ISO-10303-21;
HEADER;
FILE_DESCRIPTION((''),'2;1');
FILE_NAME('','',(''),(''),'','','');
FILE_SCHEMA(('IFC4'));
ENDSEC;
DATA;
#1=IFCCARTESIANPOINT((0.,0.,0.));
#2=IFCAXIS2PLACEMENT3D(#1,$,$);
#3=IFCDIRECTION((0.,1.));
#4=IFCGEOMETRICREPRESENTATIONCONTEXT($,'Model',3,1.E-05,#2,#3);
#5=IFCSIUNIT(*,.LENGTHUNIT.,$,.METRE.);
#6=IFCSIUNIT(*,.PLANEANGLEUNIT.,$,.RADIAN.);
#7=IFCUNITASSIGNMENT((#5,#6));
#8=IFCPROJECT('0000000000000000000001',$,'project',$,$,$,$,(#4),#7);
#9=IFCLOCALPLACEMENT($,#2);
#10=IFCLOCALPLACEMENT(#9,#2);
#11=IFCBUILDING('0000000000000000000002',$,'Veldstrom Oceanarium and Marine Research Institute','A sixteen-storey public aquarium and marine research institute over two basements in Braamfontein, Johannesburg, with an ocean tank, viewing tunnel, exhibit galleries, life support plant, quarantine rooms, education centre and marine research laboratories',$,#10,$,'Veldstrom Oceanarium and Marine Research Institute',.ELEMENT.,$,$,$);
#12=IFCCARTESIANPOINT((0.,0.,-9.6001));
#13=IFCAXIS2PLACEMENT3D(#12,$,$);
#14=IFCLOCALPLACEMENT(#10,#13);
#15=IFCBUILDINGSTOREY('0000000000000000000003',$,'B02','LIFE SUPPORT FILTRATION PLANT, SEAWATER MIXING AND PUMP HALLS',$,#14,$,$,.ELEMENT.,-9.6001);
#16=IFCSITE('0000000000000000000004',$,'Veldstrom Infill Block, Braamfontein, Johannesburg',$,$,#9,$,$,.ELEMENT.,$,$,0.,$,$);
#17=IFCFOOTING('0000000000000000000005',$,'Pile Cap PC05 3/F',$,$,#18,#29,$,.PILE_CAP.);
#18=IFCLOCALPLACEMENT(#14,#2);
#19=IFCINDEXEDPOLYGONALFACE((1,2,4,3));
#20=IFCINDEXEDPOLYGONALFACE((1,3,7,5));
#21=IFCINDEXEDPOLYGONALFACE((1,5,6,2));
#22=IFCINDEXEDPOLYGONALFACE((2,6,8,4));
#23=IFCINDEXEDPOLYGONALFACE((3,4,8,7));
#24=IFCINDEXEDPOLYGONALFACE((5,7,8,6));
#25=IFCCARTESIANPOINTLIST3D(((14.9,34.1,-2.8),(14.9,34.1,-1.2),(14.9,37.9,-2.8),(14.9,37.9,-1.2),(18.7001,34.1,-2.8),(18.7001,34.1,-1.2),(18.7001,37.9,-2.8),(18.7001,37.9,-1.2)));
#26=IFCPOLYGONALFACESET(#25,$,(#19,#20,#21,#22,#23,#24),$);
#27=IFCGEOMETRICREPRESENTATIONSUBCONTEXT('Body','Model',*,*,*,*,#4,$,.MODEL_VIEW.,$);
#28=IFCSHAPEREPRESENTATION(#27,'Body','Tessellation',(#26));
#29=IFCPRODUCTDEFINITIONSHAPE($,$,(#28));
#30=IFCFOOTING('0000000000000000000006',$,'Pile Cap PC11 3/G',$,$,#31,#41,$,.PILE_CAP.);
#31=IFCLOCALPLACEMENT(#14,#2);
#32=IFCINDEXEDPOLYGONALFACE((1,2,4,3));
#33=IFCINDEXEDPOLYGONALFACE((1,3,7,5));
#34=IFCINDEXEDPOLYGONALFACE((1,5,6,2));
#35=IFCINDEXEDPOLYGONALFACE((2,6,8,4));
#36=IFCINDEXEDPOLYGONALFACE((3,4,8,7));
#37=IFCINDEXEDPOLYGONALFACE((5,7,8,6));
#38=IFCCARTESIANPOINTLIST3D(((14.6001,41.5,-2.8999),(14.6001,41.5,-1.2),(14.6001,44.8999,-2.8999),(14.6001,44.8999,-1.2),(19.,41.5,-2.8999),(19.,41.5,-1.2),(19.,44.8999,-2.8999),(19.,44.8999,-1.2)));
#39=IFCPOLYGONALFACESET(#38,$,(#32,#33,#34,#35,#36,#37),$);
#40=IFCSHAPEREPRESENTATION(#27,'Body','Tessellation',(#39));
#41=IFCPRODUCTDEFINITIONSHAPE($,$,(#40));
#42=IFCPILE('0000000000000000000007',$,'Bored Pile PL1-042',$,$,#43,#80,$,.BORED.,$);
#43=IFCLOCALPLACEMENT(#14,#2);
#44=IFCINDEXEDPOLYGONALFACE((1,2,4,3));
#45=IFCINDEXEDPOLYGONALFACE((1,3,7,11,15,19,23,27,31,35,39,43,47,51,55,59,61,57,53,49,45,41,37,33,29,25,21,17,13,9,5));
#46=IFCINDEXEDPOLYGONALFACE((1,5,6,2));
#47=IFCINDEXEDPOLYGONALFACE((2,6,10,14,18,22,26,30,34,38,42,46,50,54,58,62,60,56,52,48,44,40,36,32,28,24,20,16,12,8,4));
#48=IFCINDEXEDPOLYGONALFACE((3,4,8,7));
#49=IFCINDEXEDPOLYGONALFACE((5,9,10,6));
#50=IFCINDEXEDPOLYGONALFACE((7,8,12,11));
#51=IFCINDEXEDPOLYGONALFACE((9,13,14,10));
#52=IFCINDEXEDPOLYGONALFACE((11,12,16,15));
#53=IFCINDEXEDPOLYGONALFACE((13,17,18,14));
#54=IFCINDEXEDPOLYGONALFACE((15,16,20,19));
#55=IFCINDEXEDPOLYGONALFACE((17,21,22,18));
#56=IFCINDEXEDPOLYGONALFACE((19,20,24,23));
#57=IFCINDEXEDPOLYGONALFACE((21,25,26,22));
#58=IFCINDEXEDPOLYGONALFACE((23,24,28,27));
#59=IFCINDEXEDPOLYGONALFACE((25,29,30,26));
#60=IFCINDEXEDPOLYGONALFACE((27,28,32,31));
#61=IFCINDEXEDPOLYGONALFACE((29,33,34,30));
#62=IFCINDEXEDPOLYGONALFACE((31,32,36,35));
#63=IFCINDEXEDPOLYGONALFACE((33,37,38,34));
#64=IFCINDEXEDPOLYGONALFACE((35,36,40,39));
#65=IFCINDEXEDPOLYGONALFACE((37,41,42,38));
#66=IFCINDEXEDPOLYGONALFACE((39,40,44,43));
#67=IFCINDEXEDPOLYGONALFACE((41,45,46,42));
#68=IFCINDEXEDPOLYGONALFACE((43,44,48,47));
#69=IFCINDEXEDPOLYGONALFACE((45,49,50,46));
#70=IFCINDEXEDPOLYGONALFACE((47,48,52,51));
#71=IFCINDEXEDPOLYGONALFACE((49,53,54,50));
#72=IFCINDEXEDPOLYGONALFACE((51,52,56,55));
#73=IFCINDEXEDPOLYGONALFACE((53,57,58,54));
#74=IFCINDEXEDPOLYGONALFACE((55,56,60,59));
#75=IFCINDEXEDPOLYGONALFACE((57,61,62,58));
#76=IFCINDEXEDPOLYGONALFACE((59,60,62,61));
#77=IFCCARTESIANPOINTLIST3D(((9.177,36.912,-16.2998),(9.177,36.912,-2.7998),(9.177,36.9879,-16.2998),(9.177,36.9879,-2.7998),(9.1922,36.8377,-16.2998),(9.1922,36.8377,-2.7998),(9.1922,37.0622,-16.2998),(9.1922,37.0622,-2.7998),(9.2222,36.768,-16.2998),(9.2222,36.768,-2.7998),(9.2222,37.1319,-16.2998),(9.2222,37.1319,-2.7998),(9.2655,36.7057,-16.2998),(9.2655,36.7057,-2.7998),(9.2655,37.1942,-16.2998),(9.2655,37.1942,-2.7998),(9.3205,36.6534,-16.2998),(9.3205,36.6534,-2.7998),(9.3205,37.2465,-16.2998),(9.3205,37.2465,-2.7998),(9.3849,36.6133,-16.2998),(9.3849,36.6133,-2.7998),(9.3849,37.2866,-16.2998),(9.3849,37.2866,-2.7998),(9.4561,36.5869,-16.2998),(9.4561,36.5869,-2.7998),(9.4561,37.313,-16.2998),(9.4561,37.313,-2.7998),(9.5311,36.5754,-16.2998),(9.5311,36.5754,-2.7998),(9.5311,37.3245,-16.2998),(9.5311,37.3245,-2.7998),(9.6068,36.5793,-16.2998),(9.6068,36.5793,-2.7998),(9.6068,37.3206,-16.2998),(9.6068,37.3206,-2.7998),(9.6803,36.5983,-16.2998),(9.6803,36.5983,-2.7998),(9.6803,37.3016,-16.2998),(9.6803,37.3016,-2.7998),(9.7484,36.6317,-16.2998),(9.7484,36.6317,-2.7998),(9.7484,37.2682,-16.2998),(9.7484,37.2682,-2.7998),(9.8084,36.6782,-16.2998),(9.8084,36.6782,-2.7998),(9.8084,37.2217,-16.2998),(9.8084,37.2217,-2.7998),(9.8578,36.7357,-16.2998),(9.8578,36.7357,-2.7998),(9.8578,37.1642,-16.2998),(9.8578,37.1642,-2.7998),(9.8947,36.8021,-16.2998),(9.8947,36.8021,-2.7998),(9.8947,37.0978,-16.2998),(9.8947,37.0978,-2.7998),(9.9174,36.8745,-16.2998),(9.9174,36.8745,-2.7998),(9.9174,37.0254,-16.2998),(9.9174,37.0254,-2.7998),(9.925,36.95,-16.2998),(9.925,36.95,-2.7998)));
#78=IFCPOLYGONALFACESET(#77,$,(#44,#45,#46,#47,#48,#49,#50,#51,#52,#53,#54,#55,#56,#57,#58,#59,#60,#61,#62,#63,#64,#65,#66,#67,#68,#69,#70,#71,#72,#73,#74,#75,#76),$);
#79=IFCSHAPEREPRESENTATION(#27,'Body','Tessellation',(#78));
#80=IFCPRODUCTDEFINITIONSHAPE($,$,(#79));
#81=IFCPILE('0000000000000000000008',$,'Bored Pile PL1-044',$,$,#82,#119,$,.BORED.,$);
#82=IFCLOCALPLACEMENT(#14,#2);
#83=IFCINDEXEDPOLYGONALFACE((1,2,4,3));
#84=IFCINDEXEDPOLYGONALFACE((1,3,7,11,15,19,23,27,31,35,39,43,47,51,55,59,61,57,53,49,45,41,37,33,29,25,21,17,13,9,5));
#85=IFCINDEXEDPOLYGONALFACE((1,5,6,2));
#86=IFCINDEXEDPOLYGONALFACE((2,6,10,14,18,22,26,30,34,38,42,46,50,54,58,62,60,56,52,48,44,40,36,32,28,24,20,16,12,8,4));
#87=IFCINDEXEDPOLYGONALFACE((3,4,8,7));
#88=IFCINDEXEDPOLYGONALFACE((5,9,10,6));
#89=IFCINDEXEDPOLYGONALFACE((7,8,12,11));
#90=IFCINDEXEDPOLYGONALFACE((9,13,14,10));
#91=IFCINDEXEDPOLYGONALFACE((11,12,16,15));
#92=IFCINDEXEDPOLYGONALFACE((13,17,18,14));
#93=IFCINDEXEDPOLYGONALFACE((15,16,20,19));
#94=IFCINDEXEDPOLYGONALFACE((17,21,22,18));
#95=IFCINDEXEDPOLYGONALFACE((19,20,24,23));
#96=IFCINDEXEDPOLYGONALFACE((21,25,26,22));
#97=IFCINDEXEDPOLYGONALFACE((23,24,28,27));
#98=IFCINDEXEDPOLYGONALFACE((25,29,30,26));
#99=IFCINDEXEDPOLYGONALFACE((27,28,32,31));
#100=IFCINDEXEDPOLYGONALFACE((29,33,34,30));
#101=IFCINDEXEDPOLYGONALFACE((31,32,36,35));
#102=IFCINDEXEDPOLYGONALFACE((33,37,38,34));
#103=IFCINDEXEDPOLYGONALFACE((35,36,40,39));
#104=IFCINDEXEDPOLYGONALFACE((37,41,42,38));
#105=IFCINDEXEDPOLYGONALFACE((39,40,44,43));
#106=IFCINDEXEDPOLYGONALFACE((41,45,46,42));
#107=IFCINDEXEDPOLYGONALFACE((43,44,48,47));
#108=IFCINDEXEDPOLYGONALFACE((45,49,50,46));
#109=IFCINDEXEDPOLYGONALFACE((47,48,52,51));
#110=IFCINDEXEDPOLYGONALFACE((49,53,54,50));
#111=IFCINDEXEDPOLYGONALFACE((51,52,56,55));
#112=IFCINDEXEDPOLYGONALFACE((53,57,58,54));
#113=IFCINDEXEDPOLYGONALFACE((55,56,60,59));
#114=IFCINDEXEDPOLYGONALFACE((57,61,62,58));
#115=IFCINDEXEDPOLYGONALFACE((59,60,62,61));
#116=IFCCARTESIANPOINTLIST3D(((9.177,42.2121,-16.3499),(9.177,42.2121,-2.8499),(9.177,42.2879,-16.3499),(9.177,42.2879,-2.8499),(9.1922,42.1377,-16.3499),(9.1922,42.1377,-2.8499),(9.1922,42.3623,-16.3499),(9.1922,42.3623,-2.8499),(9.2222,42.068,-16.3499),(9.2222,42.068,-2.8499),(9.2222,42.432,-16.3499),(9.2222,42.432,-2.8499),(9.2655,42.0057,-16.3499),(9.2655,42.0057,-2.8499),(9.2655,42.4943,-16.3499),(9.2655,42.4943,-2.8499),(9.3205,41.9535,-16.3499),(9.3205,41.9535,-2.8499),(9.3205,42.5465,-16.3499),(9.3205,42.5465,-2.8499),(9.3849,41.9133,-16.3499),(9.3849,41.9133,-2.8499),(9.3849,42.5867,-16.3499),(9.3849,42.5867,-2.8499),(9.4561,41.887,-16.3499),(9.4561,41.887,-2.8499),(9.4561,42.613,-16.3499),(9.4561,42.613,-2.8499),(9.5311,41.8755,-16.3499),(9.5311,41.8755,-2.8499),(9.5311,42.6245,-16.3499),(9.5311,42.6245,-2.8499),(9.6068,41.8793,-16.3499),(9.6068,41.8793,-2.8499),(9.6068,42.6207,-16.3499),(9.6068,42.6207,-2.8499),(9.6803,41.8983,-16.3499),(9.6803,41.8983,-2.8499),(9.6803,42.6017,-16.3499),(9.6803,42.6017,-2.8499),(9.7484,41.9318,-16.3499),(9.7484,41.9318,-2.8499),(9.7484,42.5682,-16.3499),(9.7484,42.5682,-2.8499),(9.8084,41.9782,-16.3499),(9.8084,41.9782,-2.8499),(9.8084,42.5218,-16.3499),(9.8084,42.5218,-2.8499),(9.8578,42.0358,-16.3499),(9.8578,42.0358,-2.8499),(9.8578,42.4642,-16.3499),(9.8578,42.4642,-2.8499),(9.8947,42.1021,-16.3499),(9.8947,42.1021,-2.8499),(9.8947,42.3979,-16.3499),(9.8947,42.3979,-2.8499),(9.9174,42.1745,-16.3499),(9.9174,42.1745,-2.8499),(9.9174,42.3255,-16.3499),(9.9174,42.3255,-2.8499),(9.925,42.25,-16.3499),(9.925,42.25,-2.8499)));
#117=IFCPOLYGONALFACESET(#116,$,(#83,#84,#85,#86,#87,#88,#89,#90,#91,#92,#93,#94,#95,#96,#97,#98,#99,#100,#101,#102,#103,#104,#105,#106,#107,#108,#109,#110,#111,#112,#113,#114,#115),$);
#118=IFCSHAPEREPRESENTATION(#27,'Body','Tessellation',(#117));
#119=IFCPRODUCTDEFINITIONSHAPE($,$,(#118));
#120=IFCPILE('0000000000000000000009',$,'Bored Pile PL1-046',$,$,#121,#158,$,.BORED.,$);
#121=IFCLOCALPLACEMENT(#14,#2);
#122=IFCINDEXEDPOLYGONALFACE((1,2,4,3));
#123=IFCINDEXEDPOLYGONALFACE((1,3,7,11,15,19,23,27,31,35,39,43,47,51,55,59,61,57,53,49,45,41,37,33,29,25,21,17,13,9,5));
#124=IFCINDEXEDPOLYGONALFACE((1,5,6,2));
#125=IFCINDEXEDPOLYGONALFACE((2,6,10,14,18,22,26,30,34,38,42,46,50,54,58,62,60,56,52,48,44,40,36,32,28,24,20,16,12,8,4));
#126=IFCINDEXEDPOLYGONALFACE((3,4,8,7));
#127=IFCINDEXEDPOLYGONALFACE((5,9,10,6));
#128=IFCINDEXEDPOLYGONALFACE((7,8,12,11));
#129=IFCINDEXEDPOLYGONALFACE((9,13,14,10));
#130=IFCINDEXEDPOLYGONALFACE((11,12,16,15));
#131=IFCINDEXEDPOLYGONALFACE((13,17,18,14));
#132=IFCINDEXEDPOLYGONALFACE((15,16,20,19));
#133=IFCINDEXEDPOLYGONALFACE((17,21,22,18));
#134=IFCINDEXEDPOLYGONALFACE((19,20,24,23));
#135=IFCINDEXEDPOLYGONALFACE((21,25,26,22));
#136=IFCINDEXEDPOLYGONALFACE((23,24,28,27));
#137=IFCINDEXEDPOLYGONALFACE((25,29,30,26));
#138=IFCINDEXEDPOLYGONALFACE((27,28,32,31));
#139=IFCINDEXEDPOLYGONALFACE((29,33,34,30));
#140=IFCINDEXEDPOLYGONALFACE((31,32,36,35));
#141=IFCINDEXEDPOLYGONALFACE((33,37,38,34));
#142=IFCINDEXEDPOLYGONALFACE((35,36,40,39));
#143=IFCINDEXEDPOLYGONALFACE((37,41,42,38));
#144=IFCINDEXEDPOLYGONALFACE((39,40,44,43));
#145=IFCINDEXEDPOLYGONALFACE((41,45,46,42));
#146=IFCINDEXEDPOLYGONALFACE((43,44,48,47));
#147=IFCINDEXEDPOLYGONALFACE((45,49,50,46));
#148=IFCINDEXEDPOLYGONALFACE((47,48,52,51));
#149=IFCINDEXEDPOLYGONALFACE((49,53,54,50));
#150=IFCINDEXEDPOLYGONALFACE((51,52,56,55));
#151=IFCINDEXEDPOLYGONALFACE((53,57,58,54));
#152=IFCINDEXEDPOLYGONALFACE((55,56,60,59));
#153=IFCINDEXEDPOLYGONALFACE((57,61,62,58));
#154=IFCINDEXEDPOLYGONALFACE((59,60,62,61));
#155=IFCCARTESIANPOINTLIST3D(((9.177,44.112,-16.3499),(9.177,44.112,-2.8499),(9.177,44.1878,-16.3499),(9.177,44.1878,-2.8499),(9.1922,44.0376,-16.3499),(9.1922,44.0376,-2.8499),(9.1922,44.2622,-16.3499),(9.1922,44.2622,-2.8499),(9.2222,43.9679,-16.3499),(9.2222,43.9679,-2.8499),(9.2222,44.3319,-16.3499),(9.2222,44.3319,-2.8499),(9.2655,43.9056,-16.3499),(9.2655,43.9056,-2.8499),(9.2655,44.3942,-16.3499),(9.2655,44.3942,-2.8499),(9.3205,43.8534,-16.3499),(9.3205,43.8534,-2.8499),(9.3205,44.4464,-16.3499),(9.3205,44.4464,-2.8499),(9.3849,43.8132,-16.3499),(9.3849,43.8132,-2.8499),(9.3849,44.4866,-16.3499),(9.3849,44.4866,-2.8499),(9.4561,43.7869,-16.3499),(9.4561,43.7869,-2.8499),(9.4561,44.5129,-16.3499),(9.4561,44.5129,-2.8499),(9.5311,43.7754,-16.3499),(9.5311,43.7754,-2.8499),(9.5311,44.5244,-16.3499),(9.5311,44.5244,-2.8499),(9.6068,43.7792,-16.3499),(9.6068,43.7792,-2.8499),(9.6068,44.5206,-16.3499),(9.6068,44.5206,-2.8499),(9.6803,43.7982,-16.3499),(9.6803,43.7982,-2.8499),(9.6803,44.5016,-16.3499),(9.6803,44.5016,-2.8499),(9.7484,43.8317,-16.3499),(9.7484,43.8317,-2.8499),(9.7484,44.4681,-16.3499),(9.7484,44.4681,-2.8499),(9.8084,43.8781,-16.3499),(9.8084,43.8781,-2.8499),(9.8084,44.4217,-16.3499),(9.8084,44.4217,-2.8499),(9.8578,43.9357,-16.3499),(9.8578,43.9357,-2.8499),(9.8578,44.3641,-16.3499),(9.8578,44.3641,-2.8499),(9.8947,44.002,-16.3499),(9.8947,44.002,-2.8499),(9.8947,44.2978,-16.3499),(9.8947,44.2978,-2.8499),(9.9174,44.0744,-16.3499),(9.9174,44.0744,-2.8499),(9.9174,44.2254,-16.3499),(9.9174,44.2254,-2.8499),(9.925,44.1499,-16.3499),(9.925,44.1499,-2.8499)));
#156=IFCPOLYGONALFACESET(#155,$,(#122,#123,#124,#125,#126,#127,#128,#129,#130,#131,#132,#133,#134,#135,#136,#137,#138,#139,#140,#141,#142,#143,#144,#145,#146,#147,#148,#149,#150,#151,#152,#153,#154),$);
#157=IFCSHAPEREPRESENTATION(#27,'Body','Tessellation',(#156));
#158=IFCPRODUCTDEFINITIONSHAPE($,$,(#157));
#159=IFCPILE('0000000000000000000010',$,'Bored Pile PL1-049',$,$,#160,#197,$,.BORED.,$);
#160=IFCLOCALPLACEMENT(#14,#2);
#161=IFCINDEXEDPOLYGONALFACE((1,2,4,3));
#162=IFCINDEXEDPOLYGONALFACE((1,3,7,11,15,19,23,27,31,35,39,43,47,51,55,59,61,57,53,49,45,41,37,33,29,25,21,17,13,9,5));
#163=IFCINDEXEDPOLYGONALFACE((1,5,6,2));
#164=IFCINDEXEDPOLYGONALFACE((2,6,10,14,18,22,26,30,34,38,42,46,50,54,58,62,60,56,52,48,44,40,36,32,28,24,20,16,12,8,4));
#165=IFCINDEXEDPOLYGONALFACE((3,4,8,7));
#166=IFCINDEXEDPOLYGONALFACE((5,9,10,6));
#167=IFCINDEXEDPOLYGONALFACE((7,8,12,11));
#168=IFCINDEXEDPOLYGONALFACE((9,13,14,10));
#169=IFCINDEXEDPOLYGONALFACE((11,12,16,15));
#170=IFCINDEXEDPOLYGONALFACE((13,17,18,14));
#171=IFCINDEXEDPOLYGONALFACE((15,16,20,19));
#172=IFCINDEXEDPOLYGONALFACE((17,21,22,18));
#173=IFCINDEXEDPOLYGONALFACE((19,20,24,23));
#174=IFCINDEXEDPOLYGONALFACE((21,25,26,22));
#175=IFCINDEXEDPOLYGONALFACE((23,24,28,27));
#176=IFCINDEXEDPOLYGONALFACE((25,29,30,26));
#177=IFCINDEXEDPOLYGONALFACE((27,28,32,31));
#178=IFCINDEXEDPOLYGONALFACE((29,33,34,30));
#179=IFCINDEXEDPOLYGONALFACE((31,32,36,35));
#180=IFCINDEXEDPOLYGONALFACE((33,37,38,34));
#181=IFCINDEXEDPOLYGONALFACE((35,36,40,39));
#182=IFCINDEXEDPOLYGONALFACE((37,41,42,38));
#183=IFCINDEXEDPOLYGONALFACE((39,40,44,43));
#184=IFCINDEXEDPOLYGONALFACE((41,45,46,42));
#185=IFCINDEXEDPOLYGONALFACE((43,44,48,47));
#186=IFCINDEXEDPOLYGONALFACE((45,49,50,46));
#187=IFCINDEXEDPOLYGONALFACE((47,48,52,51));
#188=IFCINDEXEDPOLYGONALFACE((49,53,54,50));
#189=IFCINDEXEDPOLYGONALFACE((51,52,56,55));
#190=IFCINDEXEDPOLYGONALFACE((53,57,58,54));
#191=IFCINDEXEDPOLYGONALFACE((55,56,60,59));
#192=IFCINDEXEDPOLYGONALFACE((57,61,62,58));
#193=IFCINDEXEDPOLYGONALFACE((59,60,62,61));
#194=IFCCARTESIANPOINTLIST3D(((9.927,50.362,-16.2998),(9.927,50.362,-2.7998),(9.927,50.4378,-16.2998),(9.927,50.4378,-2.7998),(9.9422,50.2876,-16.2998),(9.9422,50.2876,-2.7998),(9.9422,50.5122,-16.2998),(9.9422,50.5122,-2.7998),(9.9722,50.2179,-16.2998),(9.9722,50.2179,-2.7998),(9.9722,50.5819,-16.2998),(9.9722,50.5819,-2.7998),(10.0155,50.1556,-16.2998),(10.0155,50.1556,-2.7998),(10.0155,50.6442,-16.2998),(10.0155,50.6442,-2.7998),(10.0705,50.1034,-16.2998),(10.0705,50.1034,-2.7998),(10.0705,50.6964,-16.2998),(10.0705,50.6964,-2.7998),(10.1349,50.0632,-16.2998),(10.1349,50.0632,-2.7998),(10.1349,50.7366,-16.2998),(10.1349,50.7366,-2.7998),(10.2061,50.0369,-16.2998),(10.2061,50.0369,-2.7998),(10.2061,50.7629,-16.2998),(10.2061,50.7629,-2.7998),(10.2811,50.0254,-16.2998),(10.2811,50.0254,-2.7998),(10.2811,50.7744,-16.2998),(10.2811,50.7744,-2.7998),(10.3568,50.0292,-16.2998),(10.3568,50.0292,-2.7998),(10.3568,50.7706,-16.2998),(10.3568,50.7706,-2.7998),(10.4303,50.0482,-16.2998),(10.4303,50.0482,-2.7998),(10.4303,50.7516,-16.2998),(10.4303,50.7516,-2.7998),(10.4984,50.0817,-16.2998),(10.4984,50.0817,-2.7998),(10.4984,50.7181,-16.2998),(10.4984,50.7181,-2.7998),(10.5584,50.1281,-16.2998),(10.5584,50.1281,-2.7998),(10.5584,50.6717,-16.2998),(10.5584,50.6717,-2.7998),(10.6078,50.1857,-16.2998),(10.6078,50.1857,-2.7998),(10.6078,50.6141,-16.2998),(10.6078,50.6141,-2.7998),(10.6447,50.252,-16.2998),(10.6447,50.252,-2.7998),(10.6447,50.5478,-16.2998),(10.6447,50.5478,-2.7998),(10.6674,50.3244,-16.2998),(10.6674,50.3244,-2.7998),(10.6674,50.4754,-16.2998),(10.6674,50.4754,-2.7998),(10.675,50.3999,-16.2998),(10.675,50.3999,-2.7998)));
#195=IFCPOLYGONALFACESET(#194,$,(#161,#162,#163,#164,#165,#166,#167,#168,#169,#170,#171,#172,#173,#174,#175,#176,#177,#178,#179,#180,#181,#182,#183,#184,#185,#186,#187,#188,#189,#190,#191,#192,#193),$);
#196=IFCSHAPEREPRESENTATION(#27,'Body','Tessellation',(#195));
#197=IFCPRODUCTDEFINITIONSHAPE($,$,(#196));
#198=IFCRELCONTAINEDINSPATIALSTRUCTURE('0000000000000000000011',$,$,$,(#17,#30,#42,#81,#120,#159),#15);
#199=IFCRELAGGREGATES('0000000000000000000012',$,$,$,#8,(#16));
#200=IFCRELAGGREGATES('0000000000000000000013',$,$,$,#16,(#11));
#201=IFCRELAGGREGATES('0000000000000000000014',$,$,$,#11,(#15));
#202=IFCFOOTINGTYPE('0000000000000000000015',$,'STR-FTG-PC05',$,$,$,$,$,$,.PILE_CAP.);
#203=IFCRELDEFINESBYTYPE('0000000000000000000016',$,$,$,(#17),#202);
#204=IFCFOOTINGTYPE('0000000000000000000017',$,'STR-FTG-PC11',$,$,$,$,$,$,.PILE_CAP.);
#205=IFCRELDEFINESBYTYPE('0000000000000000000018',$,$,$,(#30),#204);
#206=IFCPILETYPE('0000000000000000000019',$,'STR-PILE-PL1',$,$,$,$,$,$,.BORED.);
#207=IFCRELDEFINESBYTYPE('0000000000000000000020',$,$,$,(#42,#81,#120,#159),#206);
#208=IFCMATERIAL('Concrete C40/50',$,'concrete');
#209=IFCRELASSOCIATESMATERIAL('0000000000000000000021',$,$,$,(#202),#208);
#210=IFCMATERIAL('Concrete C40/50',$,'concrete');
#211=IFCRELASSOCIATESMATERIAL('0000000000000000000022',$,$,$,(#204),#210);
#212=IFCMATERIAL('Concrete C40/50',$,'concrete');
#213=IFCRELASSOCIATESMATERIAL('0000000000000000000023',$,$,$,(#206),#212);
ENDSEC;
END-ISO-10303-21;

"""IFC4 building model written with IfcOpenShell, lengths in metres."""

from ifc_helpers import new_model, si_unit, direction, frame, origin, origin_2d, place, context, subcontext, project, spatial, rectangle, circle, extrude, material, material_profile, profile_set, type_object, element, save


model = new_model("IFC4")

# Units and contexts
model_context = context("Model", 3, precision=1e-05, world=origin(), true_north=direction((0.0, 1.0)))
body_context = subcontext(model_context, "Body", "Model", "MODEL_VIEW")
ifc_project = project(units=[si_unit("LENGTHUNIT", "METRE"), si_unit("PLANEANGLEUNIT", "RADIAN")], contexts=[model_context])

# Site, building, storey
site_placement = place(None, origin())
site = spatial("IfcSite", under=ifc_project, at=site_placement, Name="Veldstrom Infill Block, Braamfontein, Johannesburg", CompositionType="ELEMENT", RefElevation=0.0)
building_placement = place(site_placement, origin())
building = spatial("IfcBuilding", under=site, at=building_placement, Name="Veldstrom Oceanarium and Marine Research Institute", Description="A sixteen-storey public aquarium and marine research institute over two basements in Braamfontein, Johannesburg, with an ocean tank, viewing tunnel, exhibit galleries, life support plant, quarantine rooms, education centre and marine research laboratories", LongName="Veldstrom Oceanarium and Marine Research Institute", CompositionType="ELEMENT")
storey_placement = place(building_placement, frame((0.0, 0.0, -9.6001)))
storey = spatial("IfcBuildingStorey", under=building, at=storey_placement, Name="B02", Description="LIFE SUPPORT FILTRATION PLANT, SEAWATER MIXING AND PUMP HALLS", CompositionType="ELEMENT", Elevation=-9.6001)

# Footings
ifc_material_1 = material(Name="Concrete C40/50", Category="concrete")
footing_type_1 = type_object("IfcFootingType", Name="STR-FTG-PC05", PredefinedType="PILE_CAP", material=ifc_material_1)
footing_1_placement = place(storey_placement, frame((16.8, 36.0, -2.8), z_axis=(0.0, 0.0, 1.0), x_axis=(1.0, 0.0, 0.0)))
element("IfcFooting", 1, at=footing_1_placement, inside=storey, type_object=footing_type_1, Name="Pile Cap PC05 3/F", PredefinedType="PILE_CAP", context=body_context, shape_type="SweptSolid", body=[
    extrude(rectangle(XDim=3.8, YDim=3.8, at=origin_2d()), origin(), (0.0, 0.0, 1.0), 1.6001),
])
ifc_material_2 = material(Name="Concrete C40/50", Category="concrete")
footing_type_2 = type_object("IfcFootingType", Name="STR-FTG-PC11", PredefinedType="PILE_CAP", material=ifc_material_2)
footing_2_placement = place(storey_placement, frame((16.8, 43.2, -2.8999), z_axis=(0.0, 0.0, 1.0), x_axis=(1.0, 0.0, 0.0)))
element("IfcFooting", 2, at=footing_2_placement, inside=storey, type_object=footing_type_2, Name="Pile Cap PC11 3/G", PredefinedType="PILE_CAP", context=body_context, shape_type="SweptSolid", body=[
    extrude(rectangle(XDim=4.3999, YDim=3.3999, at=origin_2d()), origin(), (0.0, 0.0, 1.0), 1.7),
])

# Piles
ifc_material_3 = material(Name="Concrete C40/50", Category="concrete")
ifc_material_profile_1 = material_profile(ifc_material_3, circle(Radius=0.375, at=origin_2d()), Name="PILE-D750")
ifc_profile_set_1 = profile_set([ifc_material_profile_1], Name="Concrete C40/50")
pile_type_1 = type_object("IfcPileType", Name="STR-PILE-PL1", PredefinedType="BORED", material=ifc_profile_set_1)
for number, where, z_axis, x_axis, name in (
    (3, (9.55, 36.95, -2.7998), (0.0, 0.0, -1.0), (1.0, 0.0, 0.0), "Bored Pile PL1-042"),
    (4, (9.55, 42.25, -2.8499), (0.0, 0.0, -1.0), (1.0, 0.0, 0.0), "Bored Pile PL1-044"),
    (5, (9.55, 44.1499, -2.8499), (0.0, 0.0, -1.0), (1.0, 0.0, 0.0), "Bored Pile PL1-046"),
    (6, (10.3, 50.3999, -2.7998), (0.0, 0.0, -1.0), (1.0, 0.0, 0.0), "Bored Pile PL1-049"),
):
    element("IfcPile", number, at=place(storey_placement, frame(where, z_axis=z_axis, x_axis=x_axis)), inside=storey, type_object=pile_type_1, Name=name, PredefinedType="BORED", context=body_context, shape_type="SweptSolid", body=[
        extrude(circle(Radius=0.375, at=origin_2d()), origin(), (0.0, 0.0, 1.0), 13.5),
    ])

save(model, "model.ifc")
